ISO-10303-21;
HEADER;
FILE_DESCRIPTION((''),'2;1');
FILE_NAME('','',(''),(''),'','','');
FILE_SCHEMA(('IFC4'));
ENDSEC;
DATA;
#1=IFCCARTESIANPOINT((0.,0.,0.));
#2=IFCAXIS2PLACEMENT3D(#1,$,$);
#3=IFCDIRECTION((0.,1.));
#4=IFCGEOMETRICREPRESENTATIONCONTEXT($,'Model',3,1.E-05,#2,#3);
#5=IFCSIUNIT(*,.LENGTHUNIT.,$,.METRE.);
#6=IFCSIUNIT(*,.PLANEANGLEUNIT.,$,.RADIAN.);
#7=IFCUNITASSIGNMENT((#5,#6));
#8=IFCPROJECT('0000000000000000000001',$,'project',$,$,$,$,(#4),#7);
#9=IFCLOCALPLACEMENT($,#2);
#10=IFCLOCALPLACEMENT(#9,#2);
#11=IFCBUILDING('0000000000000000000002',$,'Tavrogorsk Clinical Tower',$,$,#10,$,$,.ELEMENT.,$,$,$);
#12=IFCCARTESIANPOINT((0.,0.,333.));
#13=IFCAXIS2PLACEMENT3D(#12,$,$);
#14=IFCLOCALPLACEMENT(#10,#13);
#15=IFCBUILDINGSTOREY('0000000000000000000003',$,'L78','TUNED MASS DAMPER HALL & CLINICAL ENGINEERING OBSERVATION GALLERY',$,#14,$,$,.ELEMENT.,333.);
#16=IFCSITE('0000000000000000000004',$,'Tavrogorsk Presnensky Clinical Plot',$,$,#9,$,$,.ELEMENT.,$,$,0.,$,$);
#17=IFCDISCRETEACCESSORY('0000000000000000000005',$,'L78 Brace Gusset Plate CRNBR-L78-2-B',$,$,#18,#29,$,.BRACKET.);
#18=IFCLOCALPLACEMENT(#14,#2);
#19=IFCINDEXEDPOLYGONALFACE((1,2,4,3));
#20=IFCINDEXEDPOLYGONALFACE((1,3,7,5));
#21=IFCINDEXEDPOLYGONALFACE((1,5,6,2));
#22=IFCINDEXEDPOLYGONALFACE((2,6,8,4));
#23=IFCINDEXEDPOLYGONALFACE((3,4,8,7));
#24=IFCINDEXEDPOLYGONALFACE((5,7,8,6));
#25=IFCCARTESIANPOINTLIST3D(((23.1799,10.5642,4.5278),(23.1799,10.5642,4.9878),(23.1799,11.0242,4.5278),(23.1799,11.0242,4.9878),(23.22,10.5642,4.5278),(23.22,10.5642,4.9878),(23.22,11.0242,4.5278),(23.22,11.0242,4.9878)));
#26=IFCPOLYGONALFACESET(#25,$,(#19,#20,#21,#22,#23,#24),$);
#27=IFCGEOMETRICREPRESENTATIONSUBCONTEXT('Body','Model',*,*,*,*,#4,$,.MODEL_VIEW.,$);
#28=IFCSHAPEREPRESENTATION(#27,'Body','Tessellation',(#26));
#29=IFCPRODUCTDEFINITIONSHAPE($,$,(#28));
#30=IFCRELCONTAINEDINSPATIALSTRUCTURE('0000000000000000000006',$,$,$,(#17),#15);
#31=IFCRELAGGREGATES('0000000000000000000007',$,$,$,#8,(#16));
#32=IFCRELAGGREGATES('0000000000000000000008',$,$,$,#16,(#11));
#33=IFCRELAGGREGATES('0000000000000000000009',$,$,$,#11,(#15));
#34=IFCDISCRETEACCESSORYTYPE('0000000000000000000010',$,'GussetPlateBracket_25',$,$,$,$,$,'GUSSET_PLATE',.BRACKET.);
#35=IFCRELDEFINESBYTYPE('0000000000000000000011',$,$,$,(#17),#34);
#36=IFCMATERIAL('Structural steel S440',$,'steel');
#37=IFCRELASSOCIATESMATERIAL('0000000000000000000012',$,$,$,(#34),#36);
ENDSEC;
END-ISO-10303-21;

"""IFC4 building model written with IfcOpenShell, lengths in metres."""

from ifc_helpers import new_model, si_unit, direction, frame, origin, origin_2d, place, context, subcontext, project, spatial, rectangle, extrude, material, type_object, element, save


model = new_model("IFC4")

# Units and contexts
model_context = context("Model", 3, precision=1e-05, world=origin(), true_north=direction((0.0, 1.0)))
body_context = subcontext(model_context, "Body", "Model", "MODEL_VIEW")
ifc_project = project(units=[si_unit("LENGTHUNIT", "METRE"), si_unit("PLANEANGLEUNIT", "RADIAN")], contexts=[model_context])

# Site, building, storey
site_placement = place(None, origin())
site = spatial("IfcSite", under=ifc_project, at=site_placement, Name="Tavrogorsk Presnensky Clinical Plot", CompositionType="ELEMENT", RefElevation=0.0)
building_placement = place(site_placement, origin())
building = spatial("IfcBuilding", under=site, at=building_placement, Name="Tavrogorsk Clinical Tower", CompositionType="ELEMENT")
storey_placement = place(building_placement, frame((0.0, 0.0, 333.0)))
storey = spatial("IfcBuildingStorey", under=building, at=storey_placement, Name="L78", Description="TUNED MASS DAMPER HALL & CLINICAL ENGINEERING OBSERVATION GALLERY", CompositionType="ELEMENT", Elevation=333.0)

# Discrete accessory
ifc_material_1 = material(Name="Structural steel S440", Category="steel")
discrete_accessory_type = type_object("IfcDiscreteAccessoryType", Name="GussetPlateBracket_25", ElementType="GUSSET_PLATE", PredefinedType="BRACKET", material=ifc_material_1)
discrete_accessory_placement = place(storey_placement, frame((23.2, 10.7942, 4.5278), z_axis=(0.0, 0.0, 1.0), x_axis=(0.0, 1.0, 0.0)))
element("IfcDiscreteAccessory", 1, at=discrete_accessory_placement, inside=storey, type_object=discrete_accessory_type, Name="L78 Brace Gusset Plate CRNBR-L78-2-B", PredefinedType="BRACKET", context=body_context, shape_type="SweptSolid", body=[
    extrude(rectangle(XDim=0.46, YDim=0.04, at=origin_2d()), origin(), (0.0, 0.0, 1.0), 0.46),
])

save(model, "model.ifc")
